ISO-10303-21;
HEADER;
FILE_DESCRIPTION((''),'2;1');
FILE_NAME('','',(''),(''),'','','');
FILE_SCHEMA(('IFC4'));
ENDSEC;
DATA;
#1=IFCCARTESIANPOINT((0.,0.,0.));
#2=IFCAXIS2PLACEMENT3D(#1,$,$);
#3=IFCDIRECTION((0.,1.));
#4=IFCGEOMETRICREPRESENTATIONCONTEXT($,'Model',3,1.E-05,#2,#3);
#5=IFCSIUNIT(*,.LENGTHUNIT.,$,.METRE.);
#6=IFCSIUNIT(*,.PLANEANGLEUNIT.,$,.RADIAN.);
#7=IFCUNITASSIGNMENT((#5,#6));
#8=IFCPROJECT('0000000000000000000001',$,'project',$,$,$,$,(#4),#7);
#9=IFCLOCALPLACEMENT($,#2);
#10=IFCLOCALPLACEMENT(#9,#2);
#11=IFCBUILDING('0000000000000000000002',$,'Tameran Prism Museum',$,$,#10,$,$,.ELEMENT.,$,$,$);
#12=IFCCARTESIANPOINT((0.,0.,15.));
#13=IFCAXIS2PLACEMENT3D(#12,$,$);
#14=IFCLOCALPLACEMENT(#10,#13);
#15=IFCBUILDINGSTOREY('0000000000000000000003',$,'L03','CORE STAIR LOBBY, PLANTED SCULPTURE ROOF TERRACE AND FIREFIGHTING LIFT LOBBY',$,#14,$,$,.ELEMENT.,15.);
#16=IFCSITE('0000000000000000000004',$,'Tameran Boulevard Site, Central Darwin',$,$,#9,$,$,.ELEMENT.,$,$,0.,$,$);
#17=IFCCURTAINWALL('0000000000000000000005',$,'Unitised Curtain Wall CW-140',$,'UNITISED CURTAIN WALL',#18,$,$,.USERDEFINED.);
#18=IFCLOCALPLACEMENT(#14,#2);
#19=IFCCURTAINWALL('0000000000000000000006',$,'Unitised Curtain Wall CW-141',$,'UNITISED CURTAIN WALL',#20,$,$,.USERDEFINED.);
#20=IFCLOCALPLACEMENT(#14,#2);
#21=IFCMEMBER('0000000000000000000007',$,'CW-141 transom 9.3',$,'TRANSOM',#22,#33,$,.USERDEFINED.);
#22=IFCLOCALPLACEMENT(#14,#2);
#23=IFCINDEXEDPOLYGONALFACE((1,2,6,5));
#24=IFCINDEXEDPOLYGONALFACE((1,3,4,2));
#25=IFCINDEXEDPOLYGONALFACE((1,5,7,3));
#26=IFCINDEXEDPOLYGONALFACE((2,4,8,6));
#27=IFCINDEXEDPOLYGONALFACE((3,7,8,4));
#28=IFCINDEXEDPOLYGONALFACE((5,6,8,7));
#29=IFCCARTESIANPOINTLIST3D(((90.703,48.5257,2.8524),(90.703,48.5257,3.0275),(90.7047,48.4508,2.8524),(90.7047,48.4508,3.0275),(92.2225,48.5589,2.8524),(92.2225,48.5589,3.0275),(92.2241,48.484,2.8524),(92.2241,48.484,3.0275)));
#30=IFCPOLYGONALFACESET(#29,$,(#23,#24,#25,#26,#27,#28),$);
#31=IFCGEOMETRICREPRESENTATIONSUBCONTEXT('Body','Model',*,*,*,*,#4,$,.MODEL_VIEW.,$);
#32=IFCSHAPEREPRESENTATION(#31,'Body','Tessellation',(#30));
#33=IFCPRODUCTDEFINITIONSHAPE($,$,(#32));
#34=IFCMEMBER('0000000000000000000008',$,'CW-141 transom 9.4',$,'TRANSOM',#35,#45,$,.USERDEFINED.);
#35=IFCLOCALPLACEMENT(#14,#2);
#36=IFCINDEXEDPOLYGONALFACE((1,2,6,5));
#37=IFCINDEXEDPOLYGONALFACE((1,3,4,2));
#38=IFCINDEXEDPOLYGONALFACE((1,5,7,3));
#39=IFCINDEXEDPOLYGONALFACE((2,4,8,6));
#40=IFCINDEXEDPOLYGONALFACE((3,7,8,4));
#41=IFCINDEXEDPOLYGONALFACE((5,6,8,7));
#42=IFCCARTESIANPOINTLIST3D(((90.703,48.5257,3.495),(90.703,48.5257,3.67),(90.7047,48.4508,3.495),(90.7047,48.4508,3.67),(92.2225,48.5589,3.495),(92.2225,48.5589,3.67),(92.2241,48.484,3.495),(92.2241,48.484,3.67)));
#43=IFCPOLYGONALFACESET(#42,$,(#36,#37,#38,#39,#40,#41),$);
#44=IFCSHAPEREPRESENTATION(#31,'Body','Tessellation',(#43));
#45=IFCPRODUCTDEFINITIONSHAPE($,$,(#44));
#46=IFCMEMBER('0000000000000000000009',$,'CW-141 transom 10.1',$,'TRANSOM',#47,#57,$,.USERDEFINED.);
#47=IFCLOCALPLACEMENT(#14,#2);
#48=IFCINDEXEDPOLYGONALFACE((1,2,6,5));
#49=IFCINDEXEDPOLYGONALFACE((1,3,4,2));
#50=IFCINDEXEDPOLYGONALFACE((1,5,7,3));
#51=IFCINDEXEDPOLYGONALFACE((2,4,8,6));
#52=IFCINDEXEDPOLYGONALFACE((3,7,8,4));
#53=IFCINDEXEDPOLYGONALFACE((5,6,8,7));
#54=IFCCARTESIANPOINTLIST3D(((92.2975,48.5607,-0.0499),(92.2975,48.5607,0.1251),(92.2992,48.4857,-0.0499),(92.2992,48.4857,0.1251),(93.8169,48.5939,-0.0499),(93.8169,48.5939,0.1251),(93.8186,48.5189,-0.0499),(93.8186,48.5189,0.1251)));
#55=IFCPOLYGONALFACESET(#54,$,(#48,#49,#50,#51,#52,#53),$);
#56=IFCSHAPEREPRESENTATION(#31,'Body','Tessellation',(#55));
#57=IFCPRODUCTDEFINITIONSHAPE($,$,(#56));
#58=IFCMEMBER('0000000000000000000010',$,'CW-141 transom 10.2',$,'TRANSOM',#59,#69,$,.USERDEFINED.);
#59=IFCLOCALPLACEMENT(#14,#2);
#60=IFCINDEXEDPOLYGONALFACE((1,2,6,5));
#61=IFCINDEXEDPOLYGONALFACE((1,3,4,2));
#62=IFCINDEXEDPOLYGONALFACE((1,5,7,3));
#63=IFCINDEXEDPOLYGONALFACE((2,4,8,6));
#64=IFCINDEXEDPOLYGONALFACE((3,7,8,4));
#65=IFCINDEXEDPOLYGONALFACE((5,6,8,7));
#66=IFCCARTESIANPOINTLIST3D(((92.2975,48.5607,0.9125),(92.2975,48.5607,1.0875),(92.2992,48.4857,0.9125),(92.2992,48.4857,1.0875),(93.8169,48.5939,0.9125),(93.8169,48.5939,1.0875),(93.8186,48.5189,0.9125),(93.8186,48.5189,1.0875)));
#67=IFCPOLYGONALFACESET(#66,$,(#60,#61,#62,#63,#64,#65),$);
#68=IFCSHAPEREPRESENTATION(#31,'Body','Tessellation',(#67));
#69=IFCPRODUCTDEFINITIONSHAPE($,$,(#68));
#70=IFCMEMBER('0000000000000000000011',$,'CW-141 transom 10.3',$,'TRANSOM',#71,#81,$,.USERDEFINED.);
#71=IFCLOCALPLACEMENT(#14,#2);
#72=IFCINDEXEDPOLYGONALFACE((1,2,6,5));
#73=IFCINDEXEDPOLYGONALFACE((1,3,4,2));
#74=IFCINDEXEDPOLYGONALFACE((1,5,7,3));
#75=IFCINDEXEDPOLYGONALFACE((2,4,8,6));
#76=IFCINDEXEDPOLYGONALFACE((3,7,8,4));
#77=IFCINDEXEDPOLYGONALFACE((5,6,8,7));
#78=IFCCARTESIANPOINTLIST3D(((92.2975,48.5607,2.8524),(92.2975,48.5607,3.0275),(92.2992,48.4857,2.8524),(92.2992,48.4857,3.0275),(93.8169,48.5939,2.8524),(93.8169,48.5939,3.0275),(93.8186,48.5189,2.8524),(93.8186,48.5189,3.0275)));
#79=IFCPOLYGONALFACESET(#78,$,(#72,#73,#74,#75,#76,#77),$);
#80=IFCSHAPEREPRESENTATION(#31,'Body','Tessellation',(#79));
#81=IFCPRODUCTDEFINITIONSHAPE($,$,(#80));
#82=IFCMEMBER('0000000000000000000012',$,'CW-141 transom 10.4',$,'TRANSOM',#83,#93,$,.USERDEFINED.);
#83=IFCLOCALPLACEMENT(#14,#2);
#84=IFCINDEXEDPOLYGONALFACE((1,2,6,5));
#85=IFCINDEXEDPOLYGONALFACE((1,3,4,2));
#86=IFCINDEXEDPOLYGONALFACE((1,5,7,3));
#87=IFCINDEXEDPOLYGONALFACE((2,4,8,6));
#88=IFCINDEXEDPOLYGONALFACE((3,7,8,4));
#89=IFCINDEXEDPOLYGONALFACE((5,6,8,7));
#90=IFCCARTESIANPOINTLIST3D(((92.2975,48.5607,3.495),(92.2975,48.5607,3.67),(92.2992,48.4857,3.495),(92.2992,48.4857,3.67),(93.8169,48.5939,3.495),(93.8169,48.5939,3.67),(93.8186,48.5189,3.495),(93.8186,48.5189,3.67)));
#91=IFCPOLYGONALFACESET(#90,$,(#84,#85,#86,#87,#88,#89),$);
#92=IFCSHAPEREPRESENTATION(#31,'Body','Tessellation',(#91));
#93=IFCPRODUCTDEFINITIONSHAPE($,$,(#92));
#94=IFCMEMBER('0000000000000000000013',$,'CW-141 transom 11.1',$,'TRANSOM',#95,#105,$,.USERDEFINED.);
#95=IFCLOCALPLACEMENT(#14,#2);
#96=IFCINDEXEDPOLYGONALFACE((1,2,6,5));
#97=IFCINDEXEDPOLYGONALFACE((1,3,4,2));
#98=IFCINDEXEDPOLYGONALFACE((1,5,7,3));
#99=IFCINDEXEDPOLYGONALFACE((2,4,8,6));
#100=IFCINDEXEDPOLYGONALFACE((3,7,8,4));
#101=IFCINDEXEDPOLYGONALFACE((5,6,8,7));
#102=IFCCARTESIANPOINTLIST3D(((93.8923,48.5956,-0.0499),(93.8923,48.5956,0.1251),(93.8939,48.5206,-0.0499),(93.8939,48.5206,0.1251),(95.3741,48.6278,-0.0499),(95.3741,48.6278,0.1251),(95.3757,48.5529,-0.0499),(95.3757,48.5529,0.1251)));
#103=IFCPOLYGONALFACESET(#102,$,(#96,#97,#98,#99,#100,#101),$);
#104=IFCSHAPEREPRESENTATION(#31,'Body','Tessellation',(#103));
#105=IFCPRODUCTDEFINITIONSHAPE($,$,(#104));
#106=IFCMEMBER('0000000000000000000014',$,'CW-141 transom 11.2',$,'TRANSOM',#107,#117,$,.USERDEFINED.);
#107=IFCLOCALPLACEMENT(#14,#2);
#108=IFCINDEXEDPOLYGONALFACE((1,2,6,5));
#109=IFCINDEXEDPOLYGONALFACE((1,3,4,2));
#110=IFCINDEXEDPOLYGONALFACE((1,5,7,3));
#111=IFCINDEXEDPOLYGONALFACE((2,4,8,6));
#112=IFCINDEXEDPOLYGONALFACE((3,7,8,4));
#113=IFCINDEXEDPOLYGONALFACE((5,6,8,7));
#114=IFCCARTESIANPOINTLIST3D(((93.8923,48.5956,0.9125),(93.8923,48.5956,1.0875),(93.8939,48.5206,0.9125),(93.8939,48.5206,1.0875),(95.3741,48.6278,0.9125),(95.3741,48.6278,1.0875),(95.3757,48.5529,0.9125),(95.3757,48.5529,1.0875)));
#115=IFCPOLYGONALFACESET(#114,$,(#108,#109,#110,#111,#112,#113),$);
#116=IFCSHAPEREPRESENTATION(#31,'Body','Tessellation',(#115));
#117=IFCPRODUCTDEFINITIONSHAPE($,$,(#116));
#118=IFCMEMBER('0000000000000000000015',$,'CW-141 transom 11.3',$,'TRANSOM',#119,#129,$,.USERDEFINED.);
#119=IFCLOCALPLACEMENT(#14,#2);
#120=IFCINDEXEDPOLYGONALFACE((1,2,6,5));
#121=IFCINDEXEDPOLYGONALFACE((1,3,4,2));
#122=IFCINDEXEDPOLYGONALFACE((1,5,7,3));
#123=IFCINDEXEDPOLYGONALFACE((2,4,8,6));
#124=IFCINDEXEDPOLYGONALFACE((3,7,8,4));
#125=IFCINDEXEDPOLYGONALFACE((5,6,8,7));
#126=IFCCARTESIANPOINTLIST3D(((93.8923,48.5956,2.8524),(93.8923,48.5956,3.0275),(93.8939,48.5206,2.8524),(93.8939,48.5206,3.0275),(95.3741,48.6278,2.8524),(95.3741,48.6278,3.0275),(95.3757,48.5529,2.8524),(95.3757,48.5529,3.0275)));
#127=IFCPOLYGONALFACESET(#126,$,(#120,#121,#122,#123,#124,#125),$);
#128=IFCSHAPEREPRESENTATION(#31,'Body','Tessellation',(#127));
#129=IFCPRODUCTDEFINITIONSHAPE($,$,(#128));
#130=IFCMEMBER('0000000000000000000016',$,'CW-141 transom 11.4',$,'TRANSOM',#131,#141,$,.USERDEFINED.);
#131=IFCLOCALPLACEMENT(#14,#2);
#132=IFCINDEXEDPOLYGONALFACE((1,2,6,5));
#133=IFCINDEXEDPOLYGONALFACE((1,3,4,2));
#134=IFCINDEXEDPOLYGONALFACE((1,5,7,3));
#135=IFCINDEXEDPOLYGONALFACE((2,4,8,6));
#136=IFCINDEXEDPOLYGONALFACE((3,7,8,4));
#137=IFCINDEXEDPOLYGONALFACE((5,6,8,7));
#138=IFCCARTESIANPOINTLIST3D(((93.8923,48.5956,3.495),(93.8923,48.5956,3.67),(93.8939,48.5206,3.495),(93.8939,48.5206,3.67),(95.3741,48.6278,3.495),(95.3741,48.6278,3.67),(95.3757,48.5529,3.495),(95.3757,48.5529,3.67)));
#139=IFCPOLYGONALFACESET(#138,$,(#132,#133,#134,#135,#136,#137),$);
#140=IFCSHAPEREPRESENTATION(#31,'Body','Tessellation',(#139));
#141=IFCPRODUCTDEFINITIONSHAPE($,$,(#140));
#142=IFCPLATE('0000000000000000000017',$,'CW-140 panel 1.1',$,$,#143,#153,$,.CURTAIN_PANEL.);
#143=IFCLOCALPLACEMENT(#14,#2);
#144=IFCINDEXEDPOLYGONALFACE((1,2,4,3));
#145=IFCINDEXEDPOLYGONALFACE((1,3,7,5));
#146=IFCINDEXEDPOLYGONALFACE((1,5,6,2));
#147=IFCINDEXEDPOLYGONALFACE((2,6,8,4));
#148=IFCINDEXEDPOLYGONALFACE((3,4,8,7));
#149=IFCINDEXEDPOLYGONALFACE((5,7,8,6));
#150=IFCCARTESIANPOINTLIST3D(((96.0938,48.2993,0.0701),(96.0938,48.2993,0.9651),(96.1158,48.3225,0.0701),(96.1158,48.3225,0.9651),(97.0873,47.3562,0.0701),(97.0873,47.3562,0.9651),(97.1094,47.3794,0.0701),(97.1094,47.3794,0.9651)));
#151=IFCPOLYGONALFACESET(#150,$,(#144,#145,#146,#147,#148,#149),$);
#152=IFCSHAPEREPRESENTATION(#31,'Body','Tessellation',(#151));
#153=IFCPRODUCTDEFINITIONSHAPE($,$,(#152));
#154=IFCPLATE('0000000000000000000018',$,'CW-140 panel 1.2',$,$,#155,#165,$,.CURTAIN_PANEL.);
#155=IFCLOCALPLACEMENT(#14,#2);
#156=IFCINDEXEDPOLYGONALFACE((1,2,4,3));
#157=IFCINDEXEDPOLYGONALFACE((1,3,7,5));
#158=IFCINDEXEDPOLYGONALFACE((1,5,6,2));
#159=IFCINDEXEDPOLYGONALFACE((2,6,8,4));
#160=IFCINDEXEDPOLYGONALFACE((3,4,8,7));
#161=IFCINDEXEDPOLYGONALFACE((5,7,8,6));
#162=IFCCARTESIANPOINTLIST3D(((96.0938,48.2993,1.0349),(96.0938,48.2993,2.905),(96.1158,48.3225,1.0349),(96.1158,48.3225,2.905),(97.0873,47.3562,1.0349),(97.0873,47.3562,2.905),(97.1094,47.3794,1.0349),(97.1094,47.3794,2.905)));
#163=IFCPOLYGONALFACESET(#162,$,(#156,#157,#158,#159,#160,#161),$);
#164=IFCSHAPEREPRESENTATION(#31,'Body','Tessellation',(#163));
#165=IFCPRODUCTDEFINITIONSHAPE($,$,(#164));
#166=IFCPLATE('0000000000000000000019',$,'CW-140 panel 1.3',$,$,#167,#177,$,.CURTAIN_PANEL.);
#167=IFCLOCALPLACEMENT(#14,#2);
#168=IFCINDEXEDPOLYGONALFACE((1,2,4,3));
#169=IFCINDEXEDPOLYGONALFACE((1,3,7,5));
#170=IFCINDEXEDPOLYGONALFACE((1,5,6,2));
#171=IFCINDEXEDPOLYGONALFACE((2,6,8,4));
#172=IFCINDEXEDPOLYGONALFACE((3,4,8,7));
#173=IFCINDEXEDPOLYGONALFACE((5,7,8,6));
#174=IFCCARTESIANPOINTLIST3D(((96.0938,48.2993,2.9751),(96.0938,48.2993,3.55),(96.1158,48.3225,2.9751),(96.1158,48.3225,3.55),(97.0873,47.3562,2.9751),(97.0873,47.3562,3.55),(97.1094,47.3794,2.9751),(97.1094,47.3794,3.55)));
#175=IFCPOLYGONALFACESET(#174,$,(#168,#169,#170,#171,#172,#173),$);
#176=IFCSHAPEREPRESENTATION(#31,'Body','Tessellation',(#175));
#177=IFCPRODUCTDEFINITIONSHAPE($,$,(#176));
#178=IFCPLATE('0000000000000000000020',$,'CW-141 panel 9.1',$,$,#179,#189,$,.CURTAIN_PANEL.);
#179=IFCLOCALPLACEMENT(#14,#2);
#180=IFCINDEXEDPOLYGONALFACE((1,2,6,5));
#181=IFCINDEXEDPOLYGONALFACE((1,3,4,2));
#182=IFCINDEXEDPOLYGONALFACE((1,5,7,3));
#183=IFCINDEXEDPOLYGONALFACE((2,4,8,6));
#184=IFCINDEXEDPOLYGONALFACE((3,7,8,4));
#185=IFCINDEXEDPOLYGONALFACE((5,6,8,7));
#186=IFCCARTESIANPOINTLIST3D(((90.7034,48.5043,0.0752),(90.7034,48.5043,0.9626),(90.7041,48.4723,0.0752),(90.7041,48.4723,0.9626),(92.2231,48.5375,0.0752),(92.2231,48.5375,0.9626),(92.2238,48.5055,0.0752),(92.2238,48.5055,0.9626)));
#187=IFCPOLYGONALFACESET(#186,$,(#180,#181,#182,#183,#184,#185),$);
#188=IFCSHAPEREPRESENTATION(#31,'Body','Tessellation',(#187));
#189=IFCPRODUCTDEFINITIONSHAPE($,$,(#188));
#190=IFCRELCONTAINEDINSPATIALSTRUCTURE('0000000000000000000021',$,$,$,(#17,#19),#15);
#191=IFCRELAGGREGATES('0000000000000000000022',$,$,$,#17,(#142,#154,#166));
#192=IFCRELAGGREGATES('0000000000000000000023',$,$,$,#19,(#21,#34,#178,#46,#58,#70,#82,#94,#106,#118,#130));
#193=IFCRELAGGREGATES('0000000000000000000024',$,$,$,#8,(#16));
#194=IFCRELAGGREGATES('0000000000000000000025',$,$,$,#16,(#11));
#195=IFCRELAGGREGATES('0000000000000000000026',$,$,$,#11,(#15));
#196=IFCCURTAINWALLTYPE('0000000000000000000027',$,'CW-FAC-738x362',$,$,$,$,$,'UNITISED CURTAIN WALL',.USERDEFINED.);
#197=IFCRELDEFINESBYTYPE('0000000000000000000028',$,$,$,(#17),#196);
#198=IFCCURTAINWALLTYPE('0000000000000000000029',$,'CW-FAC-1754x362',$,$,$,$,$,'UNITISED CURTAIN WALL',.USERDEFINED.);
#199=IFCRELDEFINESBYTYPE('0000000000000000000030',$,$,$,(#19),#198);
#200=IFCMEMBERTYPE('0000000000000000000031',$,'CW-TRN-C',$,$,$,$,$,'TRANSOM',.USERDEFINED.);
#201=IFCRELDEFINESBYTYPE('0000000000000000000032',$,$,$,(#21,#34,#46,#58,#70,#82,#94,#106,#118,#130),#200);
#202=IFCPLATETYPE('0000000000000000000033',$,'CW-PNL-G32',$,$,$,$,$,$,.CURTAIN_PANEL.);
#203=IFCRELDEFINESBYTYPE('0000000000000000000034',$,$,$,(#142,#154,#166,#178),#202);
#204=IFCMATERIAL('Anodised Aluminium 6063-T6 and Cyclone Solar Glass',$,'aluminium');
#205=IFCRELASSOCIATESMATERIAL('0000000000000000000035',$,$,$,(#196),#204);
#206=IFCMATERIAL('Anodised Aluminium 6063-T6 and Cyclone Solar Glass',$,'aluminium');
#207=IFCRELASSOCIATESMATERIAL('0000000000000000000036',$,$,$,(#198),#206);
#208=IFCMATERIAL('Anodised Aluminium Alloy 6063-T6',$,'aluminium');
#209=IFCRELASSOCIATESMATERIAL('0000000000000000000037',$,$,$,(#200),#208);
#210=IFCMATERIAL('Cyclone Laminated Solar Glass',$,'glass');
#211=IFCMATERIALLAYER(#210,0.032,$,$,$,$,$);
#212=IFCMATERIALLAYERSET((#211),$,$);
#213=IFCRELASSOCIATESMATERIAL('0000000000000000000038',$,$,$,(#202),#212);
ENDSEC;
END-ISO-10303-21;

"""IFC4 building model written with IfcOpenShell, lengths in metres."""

from ifc_helpers import new_model, si_unit, direction, frame, origin, origin_2d, place, context, subcontext, project, spatial, rectangle, extrude, material, layer, layer_set, material_profile, profile_set, type_object, element, aggregate, save


model = new_model("IFC4")

# Units and contexts
model_context = context("Model", 3, precision=1e-05, world=origin(), true_north=direction((0.0, 1.0)))
body_context = subcontext(model_context, "Body", "Model", "MODEL_VIEW")
ifc_project = project(units=[si_unit("LENGTHUNIT", "METRE"), si_unit("PLANEANGLEUNIT", "RADIAN")], contexts=[model_context])

# Site, building, storey
site_placement = place(None, origin())
site = spatial("IfcSite", under=ifc_project, at=site_placement, Name="Tameran Boulevard Site, Central Darwin", CompositionType="ELEMENT", RefElevation=0.0)
building_placement = place(site_placement, origin())
building = spatial("IfcBuilding", under=site, at=building_placement, Name="Tameran Prism Museum", CompositionType="ELEMENT")
storey_placement = place(building_placement, frame((0.0, 0.0, 15.0)))
storey = spatial("IfcBuildingStorey", under=building, at=storey_placement, Name="L03", Description="CORE STAIR LOBBY, PLANTED SCULPTURE ROOF TERRACE AND FIREFIGHTING LIFT LOBBY", CompositionType="ELEMENT", Elevation=15.0)

# Curtain walls
ifc_material_1 = material(Name="Anodised Aluminium 6063-T6 and Cyclone Solar Glass", Category="aluminium")
curtain_wall_type_1 = type_object("IfcCurtainWallType", Name="CW-FAC-738x362", ElementType="UNITISED CURTAIN WALL", PredefinedType="USERDEFINED", material=ifc_material_1)
curtain_wall_1_placement = place(storey_placement, origin())
curtain_wall_1 = element("IfcCurtainWall", 1, at=curtain_wall_1_placement, inside=storey, type_object=curtain_wall_type_1, Name="Unitised Curtain Wall CW-140", ObjectType="UNITISED CURTAIN WALL", PredefinedType="USERDEFINED")
ifc_material_2 = material(Name="Anodised Aluminium 6063-T6 and Cyclone Solar Glass", Category="aluminium")
curtain_wall_type_2 = type_object("IfcCurtainWallType", Name="CW-FAC-1754x362", ElementType="UNITISED CURTAIN WALL", PredefinedType="USERDEFINED", material=ifc_material_2)
curtain_wall_2_placement = place(storey_placement, origin())
curtain_wall_2 = element("IfcCurtainWall", 2, at=curtain_wall_2_placement, inside=storey, type_object=curtain_wall_type_2, Name="Unitised Curtain Wall CW-141", ObjectType="UNITISED CURTAIN WALL", PredefinedType="USERDEFINED")

# Members
ifc_material_3 = material(Name="Anodised Aluminium Alloy 6063-T6", Category="aluminium")
ifc_material_profile_1 = material_profile(ifc_material_3, rectangle(XDim=0.075, YDim=0.175, at=origin_2d()))
ifc_profile_set_1 = profile_set([ifc_material_profile_1])
member_type_1 = type_object("IfcMemberType", Name="CW-TRN-C", ElementType="TRANSOM", PredefinedType="USERDEFINED", material=ifc_profile_set_1)
member_1_placement = place(storey_placement, frame((90.7039, 48.4883, 2.9399), z_axis=(0.999761, 0.021846, 0.0), x_axis=(-0.021846, 0.999761, 0.0)))
member_1 = element("IfcMember", 3, at=member_1_placement, type_object=member_type_1, Name="CW-141 transom 9.3", ObjectType="TRANSOM", PredefinedType="USERDEFINED", context=body_context, shape_type="SweptSolid", body=[
    extrude(rectangle(XDim=0.075, YDim=0.175, at=origin_2d()), origin(), (0.0, 0.0, 1.0), 1.5198),
])
member_2_placement = place(storey_placement, frame((90.7039, 48.4883, 3.5825), z_axis=(0.999761, 0.021846, 0.0), x_axis=(-0.021846, 0.999761, 0.0)))
member_2 = element("IfcMember", 4, at=member_2_placement, type_object=member_type_1, Name="CW-141 transom 9.4", ObjectType="TRANSOM", PredefinedType="USERDEFINED", context=body_context, shape_type="SweptSolid", body=[
    extrude(rectangle(XDim=0.075, YDim=0.175, at=origin_2d()), origin(), (0.0, 0.0, 1.0), 1.5198),
])
member_3_placement = place(storey_placement, frame((92.2983, 48.5232, 0.0376), z_axis=(0.999761, 0.021846, 0.0), x_axis=(-0.021846, 0.999761, 0.0)))
member_3 = element("IfcMember", 5, at=member_3_placement, type_object=member_type_1, Name="CW-141 transom 10.1", ObjectType="TRANSOM", PredefinedType="USERDEFINED", context=body_context, shape_type="SweptSolid", body=[
    extrude(rectangle(XDim=0.075, YDim=0.175, at=origin_2d()), origin(), (0.0, 0.0, 1.0), 1.5198),
])
member_4_placement = place(storey_placement, frame((92.2983, 48.5232, 1.0), z_axis=(0.999761, 0.021846, 0.0), x_axis=(-0.021846, 0.999761, 0.0)))
member_4 = element("IfcMember", 6, at=member_4_placement, type_object=member_type_1, Name="CW-141 transom 10.2", ObjectType="TRANSOM", PredefinedType="USERDEFINED", context=body_context, shape_type="SweptSolid", body=[
    extrude(rectangle(XDim=0.075, YDim=0.175, at=origin_2d()), origin(), (0.0, 0.0, 1.0), 1.5198),
])
member_5_placement = place(storey_placement, frame((92.2983, 48.5232, 2.9399), z_axis=(0.999761, 0.021846, 0.0), x_axis=(-0.021846, 0.999761, 0.0)))
member_5 = element("IfcMember", 7, at=member_5_placement, type_object=member_type_1, Name="CW-141 transom 10.3", ObjectType="TRANSOM", PredefinedType="USERDEFINED", context=body_context, shape_type="SweptSolid", body=[
    extrude(rectangle(XDim=0.075, YDim=0.175, at=origin_2d()), origin(), (0.0, 0.0, 1.0), 1.5198),
])
member_6_placement = place(storey_placement, frame((92.2983, 48.5232, 3.5825), z_axis=(0.999761, 0.021846, 0.0), x_axis=(-0.021846, 0.999761, 0.0)))
member_6 = element("IfcMember", 8, at=member_6_placement, type_object=member_type_1, Name="CW-141 transom 10.4", ObjectType="TRANSOM", PredefinedType="USERDEFINED", context=body_context, shape_type="SweptSolid", body=[
    extrude(rectangle(XDim=0.075, YDim=0.175, at=origin_2d()), origin(), (0.0, 0.0, 1.0), 1.5198),
])
member_7_placement = place(storey_placement, frame((93.8931, 48.5581, 0.0376), z_axis=(0.999764, 0.021741, 0.0), x_axis=(-0.021741, 0.999764, 0.0)))
member_7 = element("IfcMember", 9, at=member_7_placement, type_object=member_type_1, Name="CW-141 transom 11.1", ObjectType="TRANSOM", PredefinedType="USERDEFINED", context=body_context, shape_type="SweptSolid", body=[
    extrude(rectangle(XDim=0.075, YDim=0.175, at=origin_2d()), origin(), (0.0, 0.0, 1.0), 1.4822),
])
member_8_placement = place(storey_placement, frame((93.8931, 48.5581, 1.0), z_axis=(0.999764, 0.021741, 0.0), x_axis=(-0.021741, 0.999764, 0.0)))
member_8 = element("IfcMember", 10, at=member_8_placement, type_object=member_type_1, Name="CW-141 transom 11.2", ObjectType="TRANSOM", PredefinedType="USERDEFINED", context=body_context, shape_type="SweptSolid", body=[
    extrude(rectangle(XDim=0.075, YDim=0.175, at=origin_2d()), origin(), (0.0, 0.0, 1.0), 1.4822),
])
member_9_placement = place(storey_placement, frame((93.8931, 48.5581, 2.9399), z_axis=(0.999764, 0.021741, 0.0), x_axis=(-0.021741, 0.999764, 0.0)))
member_9 = element("IfcMember", 11, at=member_9_placement, type_object=member_type_1, Name="CW-141 transom 11.3", ObjectType="TRANSOM", PredefinedType="USERDEFINED", context=body_context, shape_type="SweptSolid", body=[
    extrude(rectangle(XDim=0.075, YDim=0.175, at=origin_2d()), origin(), (0.0, 0.0, 1.0), 1.4822),
])
member_10_placement = place(storey_placement, frame((93.8931, 48.5581, 3.5825), z_axis=(0.999764, 0.021741, 0.0), x_axis=(-0.021741, 0.999764, 0.0)))
member_10 = element("IfcMember", 12, at=member_10_placement, type_object=member_type_1, Name="CW-141 transom 11.4", ObjectType="TRANSOM", PredefinedType="USERDEFINED", context=body_context, shape_type="SweptSolid", body=[
    extrude(rectangle(XDim=0.075, YDim=0.175, at=origin_2d()), origin(), (0.0, 0.0, 1.0), 1.4822),
])

# Plates
ifc_material_4 = material(Name="Cyclone Laminated Solar Glass", Category="glass")
ifc_layer_1 = layer(ifc_material_4, 0.032)
ifc_layer_set_1 = layer_set([ifc_layer_1])
plate_type = type_object("IfcPlateType", Name="CW-PNL-G32", PredefinedType="CURTAIN_PANEL", material=ifc_layer_set_1)
plate_1_placement = place(storey_placement, frame((96.6016, 47.8394, 0.0701), z_axis=(0.0, 0.0, 1.0), x_axis=(0.725307, -0.688425, 0.0)))
plate_1 = element("IfcPlate", 13, at=plate_1_placement, type_object=plate_type, Name="CW-140 panel 1.1", PredefinedType="CURTAIN_PANEL", context=body_context, shape_type="SweptSolid", body=[
    extrude(rectangle(XDim=1.3699, YDim=0.032, at=origin_2d()), origin(), (0.0, 0.0, 1.0), 0.895),
])
plate_2_placement = place(storey_placement, frame((96.6016, 47.8394, 1.0349), z_axis=(0.0, 0.0, 1.0), x_axis=(0.725307, -0.688425, 0.0)))
plate_2 = element("IfcPlate", 14, at=plate_2_placement, type_object=plate_type, Name="CW-140 panel 1.2", PredefinedType="CURTAIN_PANEL", context=body_context, shape_type="SweptSolid", body=[
    extrude(rectangle(XDim=1.3699, YDim=0.032, at=origin_2d()), origin(), (0.0, 0.0, 1.0), 1.8701),
])
plate_3_placement = place(storey_placement, frame((96.6016, 47.8394, 2.9751), z_axis=(0.0, 0.0, 1.0), x_axis=(0.725307, -0.688425, 0.0)))
plate_3 = element("IfcPlate", 15, at=plate_3_placement, type_object=plate_type, Name="CW-140 panel 1.3", PredefinedType="CURTAIN_PANEL", context=body_context, shape_type="SweptSolid", body=[
    extrude(rectangle(XDim=1.3699, YDim=0.032, at=origin_2d()), origin(), (0.0, 0.0, 1.0), 0.575),
])
aggregate(curtain_wall_1, [plate_1, plate_2, plate_3])
plate_4_placement = place(storey_placement, frame((91.4636, 48.5049, 0.0752), z_axis=(0.0, 0.0, 1.0), x_axis=(0.999762, 0.021831, 0.0)))
plate_4 = element("IfcPlate", 16, at=plate_4_placement, type_object=plate_type, Name="CW-141 panel 9.1", PredefinedType="CURTAIN_PANEL", context=body_context, shape_type="SweptSolid", body=[
    extrude(rectangle(XDim=1.52, YDim=0.032, at=origin_2d()), origin(), (0.0, 0.0, 1.0), 0.8875),
])
aggregate(curtain_wall_2, [member_1, member_2, plate_4, member_3, member_4, member_5, member_6, member_7, member_8, member_9, member_10])

save(model, "model.ifc")
